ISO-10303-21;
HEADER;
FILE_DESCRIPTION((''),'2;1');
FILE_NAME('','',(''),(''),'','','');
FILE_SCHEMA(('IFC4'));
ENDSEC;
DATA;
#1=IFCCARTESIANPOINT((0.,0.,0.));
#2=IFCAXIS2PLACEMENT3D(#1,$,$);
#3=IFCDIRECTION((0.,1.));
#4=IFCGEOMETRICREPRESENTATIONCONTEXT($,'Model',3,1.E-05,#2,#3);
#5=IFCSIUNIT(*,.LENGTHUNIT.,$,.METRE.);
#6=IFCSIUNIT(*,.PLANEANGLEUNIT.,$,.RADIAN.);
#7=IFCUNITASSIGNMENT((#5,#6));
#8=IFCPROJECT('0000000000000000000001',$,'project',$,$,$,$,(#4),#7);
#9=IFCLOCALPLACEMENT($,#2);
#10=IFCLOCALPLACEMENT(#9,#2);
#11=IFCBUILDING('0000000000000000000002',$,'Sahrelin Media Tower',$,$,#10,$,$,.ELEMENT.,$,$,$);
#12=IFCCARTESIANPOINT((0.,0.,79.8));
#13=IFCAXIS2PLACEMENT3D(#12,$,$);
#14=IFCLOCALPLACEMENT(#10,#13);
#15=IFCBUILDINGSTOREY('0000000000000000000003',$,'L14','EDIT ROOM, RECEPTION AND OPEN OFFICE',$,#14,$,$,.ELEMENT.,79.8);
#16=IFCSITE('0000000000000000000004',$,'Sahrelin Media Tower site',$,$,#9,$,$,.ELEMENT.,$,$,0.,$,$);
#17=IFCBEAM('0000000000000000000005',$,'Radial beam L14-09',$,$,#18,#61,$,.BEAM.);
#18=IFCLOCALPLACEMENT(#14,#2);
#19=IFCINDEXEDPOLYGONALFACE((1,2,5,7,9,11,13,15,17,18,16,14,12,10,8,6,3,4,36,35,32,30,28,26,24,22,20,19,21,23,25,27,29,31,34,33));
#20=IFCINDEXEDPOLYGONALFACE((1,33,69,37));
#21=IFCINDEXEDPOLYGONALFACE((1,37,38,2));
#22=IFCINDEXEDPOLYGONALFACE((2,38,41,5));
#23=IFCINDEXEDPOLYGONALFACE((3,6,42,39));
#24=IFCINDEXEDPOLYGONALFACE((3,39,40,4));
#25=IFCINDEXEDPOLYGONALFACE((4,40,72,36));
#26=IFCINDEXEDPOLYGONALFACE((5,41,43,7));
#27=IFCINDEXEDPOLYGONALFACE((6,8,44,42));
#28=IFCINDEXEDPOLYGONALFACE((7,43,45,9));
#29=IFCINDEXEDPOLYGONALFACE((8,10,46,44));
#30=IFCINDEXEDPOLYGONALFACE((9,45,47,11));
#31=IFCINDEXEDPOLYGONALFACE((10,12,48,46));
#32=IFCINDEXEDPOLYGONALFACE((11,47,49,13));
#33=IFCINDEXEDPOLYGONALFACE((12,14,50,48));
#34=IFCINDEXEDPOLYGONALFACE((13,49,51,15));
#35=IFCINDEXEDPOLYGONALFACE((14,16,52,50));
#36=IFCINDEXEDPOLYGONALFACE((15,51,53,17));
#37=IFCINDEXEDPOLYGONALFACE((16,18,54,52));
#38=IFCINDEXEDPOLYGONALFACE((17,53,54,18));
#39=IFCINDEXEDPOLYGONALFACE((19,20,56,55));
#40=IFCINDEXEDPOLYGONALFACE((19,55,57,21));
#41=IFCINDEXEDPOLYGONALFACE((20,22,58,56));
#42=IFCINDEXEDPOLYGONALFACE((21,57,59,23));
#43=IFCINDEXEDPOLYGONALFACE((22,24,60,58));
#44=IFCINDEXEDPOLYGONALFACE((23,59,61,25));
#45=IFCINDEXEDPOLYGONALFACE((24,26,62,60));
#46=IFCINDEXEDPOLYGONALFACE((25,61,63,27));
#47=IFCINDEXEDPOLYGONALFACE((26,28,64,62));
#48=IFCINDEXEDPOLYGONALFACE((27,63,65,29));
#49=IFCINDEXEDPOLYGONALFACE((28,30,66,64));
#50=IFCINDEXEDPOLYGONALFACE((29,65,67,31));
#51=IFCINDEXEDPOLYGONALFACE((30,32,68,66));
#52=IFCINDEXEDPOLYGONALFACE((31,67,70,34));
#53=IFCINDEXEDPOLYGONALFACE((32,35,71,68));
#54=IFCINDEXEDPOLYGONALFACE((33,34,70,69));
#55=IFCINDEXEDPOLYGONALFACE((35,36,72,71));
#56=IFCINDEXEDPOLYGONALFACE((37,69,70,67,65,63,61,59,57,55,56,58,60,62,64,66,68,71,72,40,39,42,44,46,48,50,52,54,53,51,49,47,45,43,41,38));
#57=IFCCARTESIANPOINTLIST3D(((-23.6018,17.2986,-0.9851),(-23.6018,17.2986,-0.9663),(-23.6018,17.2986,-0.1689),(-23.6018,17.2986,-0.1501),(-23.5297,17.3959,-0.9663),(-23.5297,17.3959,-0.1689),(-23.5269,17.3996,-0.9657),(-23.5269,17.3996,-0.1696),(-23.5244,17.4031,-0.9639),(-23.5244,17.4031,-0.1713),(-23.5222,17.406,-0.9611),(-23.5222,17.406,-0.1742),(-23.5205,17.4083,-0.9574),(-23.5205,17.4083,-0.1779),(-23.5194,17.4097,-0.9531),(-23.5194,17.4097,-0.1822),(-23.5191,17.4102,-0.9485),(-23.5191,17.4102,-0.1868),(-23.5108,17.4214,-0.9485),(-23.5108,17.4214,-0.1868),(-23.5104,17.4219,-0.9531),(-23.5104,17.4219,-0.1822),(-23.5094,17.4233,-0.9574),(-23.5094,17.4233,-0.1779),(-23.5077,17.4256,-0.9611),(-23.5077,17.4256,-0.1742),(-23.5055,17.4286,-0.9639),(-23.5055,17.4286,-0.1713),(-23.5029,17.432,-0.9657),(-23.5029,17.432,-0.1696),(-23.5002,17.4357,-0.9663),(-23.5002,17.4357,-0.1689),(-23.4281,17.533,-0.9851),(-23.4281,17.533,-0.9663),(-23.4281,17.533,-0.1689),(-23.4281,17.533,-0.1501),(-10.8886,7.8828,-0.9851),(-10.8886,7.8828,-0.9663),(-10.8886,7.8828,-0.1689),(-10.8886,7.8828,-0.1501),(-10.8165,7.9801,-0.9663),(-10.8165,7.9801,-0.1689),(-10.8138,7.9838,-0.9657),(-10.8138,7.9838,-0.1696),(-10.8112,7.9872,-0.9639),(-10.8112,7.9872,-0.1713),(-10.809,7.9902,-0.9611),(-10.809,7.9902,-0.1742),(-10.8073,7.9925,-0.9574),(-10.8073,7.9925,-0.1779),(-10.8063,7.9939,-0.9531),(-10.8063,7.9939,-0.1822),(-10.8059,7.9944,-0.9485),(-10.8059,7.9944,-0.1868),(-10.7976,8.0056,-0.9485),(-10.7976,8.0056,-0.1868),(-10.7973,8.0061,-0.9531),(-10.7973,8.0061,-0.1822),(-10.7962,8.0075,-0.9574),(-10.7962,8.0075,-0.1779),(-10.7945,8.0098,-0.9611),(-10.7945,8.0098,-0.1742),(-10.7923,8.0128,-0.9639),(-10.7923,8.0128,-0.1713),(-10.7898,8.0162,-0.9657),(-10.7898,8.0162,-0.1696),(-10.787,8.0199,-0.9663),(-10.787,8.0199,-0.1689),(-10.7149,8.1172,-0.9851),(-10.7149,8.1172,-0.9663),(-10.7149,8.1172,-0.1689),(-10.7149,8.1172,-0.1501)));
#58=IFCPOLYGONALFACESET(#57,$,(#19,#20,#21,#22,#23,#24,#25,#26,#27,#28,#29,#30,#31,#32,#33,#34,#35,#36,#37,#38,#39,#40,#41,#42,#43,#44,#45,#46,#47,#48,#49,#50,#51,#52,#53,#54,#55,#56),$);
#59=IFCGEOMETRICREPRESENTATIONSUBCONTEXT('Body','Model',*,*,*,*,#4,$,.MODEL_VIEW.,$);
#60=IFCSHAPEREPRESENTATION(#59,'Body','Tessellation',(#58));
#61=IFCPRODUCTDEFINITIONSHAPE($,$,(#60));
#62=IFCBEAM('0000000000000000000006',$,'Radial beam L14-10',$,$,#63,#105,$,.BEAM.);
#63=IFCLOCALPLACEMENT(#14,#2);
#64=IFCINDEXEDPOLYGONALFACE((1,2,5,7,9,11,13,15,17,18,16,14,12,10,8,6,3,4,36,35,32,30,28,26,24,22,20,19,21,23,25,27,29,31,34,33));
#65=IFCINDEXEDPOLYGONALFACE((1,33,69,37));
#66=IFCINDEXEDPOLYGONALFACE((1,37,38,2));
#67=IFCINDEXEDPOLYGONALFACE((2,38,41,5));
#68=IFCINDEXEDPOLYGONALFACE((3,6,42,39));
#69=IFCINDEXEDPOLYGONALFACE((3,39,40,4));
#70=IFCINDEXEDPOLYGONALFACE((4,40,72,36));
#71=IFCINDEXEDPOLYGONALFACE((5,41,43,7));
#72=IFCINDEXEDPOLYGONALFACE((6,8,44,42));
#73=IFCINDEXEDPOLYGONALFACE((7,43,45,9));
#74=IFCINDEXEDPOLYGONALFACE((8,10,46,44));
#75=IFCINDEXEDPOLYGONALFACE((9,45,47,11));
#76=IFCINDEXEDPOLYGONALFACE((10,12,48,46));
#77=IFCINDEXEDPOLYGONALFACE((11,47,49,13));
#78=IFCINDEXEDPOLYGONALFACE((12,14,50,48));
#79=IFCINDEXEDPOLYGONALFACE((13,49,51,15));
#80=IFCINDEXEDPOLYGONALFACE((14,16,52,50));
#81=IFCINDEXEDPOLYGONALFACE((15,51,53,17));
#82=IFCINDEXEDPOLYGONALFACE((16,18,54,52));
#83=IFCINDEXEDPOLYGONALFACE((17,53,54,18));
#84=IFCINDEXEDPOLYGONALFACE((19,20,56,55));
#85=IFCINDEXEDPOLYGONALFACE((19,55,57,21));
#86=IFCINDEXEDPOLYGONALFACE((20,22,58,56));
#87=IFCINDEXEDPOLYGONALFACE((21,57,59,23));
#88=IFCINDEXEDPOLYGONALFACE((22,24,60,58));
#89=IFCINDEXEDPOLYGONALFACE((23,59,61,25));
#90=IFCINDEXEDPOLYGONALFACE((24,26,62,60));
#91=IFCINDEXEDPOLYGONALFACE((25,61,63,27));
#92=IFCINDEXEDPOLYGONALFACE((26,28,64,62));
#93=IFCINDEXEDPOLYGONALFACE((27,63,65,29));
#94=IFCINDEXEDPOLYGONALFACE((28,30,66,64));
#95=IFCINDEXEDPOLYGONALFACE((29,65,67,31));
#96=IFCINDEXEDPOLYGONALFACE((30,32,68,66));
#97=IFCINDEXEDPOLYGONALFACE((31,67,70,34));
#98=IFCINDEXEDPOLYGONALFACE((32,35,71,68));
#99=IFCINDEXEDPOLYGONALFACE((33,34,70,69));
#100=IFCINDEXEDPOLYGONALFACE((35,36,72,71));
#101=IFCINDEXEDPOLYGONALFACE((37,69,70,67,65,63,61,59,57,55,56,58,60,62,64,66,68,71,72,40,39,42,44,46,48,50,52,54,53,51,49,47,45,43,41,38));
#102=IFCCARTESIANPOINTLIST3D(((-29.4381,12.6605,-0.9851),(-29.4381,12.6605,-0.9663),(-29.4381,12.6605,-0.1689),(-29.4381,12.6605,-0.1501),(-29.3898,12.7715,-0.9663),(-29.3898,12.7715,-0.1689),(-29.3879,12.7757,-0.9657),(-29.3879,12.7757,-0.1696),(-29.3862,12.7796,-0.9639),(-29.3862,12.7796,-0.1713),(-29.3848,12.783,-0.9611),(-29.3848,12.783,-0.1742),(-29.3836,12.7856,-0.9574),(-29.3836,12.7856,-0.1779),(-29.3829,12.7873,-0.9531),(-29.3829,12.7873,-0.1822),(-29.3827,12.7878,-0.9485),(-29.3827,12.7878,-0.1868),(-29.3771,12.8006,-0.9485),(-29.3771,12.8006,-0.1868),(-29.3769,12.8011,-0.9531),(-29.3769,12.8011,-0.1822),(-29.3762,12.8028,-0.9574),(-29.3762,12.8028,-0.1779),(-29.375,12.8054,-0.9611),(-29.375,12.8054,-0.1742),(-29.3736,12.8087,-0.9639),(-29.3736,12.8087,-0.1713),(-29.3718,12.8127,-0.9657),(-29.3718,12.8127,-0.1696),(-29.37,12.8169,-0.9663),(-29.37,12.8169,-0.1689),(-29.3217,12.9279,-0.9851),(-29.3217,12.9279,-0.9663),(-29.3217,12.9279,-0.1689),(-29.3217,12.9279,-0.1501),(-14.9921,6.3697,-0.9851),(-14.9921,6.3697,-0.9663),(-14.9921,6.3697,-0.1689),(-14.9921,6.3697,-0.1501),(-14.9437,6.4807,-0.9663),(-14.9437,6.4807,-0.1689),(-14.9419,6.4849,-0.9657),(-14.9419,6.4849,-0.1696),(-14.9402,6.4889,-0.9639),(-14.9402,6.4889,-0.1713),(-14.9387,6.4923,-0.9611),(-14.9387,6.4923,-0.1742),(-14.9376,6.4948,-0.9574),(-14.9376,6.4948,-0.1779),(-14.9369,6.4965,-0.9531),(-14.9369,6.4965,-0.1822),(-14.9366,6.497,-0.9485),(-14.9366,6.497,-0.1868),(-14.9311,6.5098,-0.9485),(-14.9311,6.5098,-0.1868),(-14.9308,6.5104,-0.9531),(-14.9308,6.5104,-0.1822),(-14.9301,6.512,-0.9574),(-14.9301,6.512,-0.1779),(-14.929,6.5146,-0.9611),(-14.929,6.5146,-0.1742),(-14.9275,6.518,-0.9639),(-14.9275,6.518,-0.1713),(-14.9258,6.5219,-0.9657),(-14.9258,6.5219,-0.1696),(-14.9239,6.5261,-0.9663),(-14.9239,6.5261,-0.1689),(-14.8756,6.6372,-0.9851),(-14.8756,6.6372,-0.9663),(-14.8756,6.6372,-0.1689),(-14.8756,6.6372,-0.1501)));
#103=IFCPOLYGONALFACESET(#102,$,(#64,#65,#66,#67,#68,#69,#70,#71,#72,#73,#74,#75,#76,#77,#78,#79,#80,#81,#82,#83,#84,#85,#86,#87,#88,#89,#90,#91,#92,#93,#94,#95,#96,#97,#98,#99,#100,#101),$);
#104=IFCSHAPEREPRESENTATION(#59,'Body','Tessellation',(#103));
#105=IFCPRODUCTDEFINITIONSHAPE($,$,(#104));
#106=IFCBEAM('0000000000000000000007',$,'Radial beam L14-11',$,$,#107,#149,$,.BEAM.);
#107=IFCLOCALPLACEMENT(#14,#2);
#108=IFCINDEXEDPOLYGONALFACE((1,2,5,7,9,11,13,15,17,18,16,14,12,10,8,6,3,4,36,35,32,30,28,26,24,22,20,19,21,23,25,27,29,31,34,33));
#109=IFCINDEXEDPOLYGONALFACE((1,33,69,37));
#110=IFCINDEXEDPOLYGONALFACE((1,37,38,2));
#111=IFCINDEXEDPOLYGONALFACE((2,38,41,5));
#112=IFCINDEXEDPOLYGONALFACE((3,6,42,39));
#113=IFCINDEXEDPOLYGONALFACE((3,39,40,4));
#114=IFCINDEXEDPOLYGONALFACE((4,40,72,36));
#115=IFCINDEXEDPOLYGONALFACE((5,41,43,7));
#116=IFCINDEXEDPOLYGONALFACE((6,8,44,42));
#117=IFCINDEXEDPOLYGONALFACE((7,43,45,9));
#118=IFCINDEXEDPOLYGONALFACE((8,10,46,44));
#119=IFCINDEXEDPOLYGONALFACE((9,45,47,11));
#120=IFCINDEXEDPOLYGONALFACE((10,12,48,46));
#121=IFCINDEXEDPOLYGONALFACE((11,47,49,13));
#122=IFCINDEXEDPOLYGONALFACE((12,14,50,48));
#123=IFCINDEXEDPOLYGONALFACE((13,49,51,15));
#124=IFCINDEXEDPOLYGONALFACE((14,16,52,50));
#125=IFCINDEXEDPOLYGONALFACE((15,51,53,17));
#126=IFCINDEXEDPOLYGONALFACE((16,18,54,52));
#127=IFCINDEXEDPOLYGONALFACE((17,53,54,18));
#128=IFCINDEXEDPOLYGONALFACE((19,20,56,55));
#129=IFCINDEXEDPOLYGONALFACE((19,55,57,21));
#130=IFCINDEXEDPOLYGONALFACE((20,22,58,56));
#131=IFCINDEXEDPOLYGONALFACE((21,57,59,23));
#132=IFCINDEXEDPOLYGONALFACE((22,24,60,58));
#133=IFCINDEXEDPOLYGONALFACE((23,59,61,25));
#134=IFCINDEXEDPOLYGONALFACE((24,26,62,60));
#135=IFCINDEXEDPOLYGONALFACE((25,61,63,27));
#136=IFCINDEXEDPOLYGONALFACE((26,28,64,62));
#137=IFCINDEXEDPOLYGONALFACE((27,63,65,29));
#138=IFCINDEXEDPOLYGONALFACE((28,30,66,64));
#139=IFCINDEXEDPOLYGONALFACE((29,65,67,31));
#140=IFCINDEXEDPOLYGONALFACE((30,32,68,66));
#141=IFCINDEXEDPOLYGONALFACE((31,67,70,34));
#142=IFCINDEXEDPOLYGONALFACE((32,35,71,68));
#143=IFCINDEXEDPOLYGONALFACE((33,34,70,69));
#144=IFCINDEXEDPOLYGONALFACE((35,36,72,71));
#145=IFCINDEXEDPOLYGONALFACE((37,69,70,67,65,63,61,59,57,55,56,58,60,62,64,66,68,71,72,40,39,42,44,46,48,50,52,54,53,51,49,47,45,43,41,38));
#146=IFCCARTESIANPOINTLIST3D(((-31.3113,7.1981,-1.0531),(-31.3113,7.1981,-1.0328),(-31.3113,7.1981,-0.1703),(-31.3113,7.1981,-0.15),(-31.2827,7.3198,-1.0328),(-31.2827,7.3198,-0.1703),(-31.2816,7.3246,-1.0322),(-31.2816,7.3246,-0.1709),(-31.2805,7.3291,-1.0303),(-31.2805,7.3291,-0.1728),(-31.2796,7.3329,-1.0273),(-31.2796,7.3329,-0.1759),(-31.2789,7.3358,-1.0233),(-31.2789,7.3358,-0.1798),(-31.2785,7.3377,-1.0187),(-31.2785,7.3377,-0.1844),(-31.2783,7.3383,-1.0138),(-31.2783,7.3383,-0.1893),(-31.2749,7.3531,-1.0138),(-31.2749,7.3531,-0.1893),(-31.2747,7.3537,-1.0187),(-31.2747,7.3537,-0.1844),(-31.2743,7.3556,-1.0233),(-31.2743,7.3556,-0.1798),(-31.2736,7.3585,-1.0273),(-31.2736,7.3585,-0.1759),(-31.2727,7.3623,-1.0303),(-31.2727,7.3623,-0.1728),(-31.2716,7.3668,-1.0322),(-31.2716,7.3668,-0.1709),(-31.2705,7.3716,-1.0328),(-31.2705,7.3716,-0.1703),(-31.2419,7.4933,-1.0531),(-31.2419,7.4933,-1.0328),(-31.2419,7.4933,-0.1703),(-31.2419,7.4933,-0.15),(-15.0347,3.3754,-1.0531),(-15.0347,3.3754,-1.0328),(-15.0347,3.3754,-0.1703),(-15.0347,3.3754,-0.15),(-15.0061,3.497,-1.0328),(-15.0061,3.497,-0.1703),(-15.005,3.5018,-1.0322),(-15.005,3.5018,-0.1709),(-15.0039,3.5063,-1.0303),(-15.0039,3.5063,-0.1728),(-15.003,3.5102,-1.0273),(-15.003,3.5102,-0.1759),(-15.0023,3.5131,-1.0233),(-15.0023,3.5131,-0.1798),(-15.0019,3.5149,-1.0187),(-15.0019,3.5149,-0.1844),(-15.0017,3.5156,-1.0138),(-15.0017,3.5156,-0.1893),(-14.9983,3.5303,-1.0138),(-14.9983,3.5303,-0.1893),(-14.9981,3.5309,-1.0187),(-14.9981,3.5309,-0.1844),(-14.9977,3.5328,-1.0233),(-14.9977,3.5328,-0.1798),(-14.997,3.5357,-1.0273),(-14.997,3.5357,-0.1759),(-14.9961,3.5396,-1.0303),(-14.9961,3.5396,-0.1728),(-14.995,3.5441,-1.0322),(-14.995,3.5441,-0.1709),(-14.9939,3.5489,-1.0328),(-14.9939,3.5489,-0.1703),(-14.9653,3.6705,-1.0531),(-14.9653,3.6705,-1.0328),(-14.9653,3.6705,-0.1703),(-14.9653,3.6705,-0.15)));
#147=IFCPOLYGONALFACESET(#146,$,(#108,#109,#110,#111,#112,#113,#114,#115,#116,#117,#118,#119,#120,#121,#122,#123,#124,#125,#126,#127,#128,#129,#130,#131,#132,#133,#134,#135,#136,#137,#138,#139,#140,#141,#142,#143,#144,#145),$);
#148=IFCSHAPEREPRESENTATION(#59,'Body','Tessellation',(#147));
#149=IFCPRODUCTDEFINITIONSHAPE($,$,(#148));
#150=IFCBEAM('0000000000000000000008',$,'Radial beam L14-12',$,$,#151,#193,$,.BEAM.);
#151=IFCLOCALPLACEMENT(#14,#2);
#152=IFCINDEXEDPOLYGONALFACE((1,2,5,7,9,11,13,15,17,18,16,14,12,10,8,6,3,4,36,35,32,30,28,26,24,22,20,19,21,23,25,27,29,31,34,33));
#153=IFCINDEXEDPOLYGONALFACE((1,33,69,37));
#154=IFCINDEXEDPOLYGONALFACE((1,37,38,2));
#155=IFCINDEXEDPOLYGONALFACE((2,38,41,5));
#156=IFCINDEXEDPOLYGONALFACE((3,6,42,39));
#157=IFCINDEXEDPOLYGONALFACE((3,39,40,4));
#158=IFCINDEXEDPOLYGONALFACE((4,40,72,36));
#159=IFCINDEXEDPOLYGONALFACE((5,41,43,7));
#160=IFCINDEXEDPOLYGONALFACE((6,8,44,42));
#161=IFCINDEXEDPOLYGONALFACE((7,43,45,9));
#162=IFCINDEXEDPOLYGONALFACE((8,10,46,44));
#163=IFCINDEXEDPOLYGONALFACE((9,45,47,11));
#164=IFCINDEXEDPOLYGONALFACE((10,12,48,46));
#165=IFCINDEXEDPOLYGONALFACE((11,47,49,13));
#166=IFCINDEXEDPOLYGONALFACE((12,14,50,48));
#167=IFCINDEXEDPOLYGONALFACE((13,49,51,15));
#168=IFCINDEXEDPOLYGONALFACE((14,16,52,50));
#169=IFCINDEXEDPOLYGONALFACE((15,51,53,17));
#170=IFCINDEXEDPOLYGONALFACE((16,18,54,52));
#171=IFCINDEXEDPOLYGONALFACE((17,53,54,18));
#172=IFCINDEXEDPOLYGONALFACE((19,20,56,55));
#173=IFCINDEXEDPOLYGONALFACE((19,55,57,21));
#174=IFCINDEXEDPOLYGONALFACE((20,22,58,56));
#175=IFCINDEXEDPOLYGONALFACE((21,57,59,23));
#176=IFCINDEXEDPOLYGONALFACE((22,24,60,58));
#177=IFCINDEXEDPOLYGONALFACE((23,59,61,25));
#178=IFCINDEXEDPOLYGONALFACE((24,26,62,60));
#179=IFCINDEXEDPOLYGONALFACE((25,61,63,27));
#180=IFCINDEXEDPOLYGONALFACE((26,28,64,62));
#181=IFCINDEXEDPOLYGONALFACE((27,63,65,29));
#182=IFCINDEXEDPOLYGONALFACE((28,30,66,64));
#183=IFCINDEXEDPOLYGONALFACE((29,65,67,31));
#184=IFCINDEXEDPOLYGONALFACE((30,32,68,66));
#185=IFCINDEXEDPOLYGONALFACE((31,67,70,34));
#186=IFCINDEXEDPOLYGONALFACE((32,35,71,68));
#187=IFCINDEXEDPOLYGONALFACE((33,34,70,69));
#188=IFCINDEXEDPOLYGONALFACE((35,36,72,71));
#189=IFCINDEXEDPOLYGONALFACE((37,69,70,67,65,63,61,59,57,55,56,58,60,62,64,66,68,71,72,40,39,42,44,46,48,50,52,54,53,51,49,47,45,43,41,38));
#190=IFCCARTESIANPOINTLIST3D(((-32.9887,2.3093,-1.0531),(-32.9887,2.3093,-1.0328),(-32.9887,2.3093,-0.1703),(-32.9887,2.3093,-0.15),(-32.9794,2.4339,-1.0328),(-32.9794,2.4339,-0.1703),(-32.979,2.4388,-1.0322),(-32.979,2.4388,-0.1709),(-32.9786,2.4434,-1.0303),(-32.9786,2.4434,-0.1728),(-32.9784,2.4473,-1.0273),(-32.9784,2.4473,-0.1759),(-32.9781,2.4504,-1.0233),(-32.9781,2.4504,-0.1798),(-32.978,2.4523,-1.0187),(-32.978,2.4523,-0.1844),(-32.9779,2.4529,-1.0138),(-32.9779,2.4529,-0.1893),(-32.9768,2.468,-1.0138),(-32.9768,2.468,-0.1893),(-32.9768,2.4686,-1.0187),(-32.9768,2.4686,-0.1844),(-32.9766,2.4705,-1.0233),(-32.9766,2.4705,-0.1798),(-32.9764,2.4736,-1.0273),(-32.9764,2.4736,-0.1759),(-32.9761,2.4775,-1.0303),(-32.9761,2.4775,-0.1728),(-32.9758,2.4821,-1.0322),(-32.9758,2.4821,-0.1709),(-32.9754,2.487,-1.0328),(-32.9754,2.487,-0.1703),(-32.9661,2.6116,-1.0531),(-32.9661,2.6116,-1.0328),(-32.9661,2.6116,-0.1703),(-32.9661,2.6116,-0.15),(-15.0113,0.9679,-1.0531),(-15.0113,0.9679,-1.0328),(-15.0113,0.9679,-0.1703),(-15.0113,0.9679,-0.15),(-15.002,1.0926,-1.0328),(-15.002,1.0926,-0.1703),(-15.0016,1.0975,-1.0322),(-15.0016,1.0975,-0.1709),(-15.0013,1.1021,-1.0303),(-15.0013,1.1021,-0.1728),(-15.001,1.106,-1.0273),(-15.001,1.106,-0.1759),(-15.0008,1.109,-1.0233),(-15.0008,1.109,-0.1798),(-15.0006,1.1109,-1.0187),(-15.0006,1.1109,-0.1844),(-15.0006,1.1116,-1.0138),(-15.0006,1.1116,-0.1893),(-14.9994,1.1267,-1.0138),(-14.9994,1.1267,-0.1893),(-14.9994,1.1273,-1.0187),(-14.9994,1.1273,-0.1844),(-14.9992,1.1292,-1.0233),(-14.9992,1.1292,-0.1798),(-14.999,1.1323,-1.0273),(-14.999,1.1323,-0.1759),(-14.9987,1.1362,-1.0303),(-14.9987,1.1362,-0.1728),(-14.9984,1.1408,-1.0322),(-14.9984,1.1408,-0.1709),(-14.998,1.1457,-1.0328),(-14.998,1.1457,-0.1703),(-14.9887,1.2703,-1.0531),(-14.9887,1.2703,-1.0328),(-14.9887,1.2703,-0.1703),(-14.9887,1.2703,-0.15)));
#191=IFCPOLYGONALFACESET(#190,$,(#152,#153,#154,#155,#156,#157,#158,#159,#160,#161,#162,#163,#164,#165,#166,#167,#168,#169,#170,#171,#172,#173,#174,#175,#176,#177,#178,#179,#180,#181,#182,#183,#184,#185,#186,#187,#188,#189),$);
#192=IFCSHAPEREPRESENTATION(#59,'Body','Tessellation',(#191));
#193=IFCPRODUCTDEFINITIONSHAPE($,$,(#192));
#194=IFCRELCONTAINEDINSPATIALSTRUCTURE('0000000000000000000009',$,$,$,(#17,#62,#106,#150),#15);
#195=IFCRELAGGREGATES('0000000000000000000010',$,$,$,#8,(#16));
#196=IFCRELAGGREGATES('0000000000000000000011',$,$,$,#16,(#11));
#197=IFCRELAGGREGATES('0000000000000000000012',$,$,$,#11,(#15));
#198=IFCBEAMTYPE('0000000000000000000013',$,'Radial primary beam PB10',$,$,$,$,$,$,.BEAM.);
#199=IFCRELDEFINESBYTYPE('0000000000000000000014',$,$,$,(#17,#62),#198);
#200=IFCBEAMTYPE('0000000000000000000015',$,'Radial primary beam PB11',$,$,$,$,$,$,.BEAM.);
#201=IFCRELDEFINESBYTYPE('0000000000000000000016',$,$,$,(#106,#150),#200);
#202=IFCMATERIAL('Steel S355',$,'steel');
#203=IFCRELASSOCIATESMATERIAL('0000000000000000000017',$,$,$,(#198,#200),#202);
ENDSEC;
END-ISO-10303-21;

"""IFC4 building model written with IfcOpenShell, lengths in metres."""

from ifc_helpers import new_model, si_unit, direction, frame, origin, origin_2d, place, context, subcontext, project, spatial, i_section, extrude, material, material_profile, profile_set, type_object, element, save


model = new_model("IFC4")

# Units and contexts
model_context = context("Model", 3, precision=1e-05, world=origin(), true_north=direction((0.0, 1.0)))
body_context = subcontext(model_context, "Body", "Model", "MODEL_VIEW")
ifc_project = project(units=[si_unit("LENGTHUNIT", "METRE"), si_unit("PLANEANGLEUNIT", "RADIAN")], contexts=[model_context])

# Site, building, storey
site_placement = place(None, origin())
site = spatial("IfcSite", under=ifc_project, at=site_placement, Name="Sahrelin Media Tower site", CompositionType="ELEMENT", RefElevation=0.0)
building_placement = place(site_placement, origin())
building = spatial("IfcBuilding", under=site, at=building_placement, Name="Sahrelin Media Tower", CompositionType="ELEMENT")
storey_placement = place(building_placement, frame((0.0, 0.0, 79.8)))
storey = spatial("IfcBuildingStorey", under=building, at=storey_placement, Name="L14", Description="EDIT ROOM, RECEPTION AND OPEN OFFICE", CompositionType="ELEMENT", Elevation=79.8)

# Beams
ifc_material_1 = material(Name="Steel S355", Category="steel")
ifc_material_profile_1 = material_profile(ifc_material_1, i_section(OverallWidth=0.2917, OverallDepth=0.835, WebThickness=0.0139, FlangeThickness=0.0188, FilletRadius=0.0178, at=origin_2d()), Name="UB 838x292x176")
ifc_profile_set_1 = profile_set([ifc_material_profile_1], Name="Steel S355")
beam_type_1 = type_object("IfcBeamType", Name="Radial primary beam PB10", PredefinedType="BEAM", material=ifc_profile_set_1)
beam_1_placement = place(storey_placement, frame((-10.8018, 8.0, -0.5676), z_axis=(-0.803598, 0.595172, 0.0), x_axis=(-0.595172, -0.803598, 0.0)))
element("IfcBeam", 1, at=beam_1_placement, inside=storey, type_object=beam_type_1, Name="Radial beam L14-09", PredefinedType="BEAM", context=body_context, shape_type="SweptSolid", body=[
    extrude(i_section(OverallWidth=0.2917, OverallDepth=0.835, WebThickness=0.0139, FlangeThickness=0.0188, FilletRadius=0.0178, at=origin_2d()), origin(), (0.0, 0.0, 1.0), 15.8203),
])
beam_2_placement = place(storey_placement, frame((-14.9338, 6.5034, -0.5676), z_axis=(-0.916841, 0.399254, 0.0), x_axis=(-0.399254, -0.916841, 0.0)))
element("IfcBeam", 2, at=beam_2_placement, inside=storey, type_object=beam_type_1, Name="Radial beam L14-10", PredefinedType="BEAM", context=body_context, shape_type="SweptSolid", body=[
    extrude(i_section(OverallWidth=0.2917, OverallDepth=0.835, WebThickness=0.0139, FlangeThickness=0.0188, FilletRadius=0.0178, at=origin_2d()), origin(), (0.0, 0.0, 1.0), 15.7563),
])
ifc_material_profile_2 = material_profile(ifc_material_1, i_section(OverallWidth=0.3032, OverallDepth=0.9031, WebThickness=0.0151, FlangeThickness=0.0203, FilletRadius=0.019, at=origin_2d()), Name="UB 914x305x201")
ifc_profile_set_2 = profile_set([ifc_material_profile_2], Name="Steel S355")
beam_type_2 = type_object("IfcBeamType", Name="Radial primary beam PB11", PredefinedType="BEAM", material=ifc_profile_set_2)
beam_3_placement = place(storey_placement, frame((-15.0, 3.5229, -0.6016), z_axis=(-0.973511, 0.228641, 0.0), x_axis=(-0.228641, -0.973511, 0.0)))
element("IfcBeam", 3, at=beam_3_placement, inside=storey, type_object=beam_type_2, Name="Radial beam L14-11", PredefinedType="BEAM", context=body_context, shape_type="SweptSolid", body=[
    extrude(i_section(OverallWidth=0.3032, OverallDepth=0.9031, WebThickness=0.0151, FlangeThickness=0.0203, FilletRadius=0.019, at=origin_2d()), origin(), (0.0, 0.0, 1.0), 16.7195),
])
beam_4_placement = place(storey_placement, frame((-15.0, 1.1191, -0.6016), z_axis=(-0.997228, 0.074404, 0.0), x_axis=(-0.074404, -0.997228, 0.0)))
element("IfcBeam", 4, at=beam_4_placement, inside=storey, type_object=beam_type_2, Name="Radial beam L14-12", PredefinedType="BEAM", context=body_context, shape_type="SweptSolid", body=[
    extrude(i_section(OverallWidth=0.3032, OverallDepth=0.9031, WebThickness=0.0151, FlangeThickness=0.0203, FilletRadius=0.019, at=origin_2d()), origin(), (0.0, 0.0, 1.0), 18.0273),
])

save(model, "model.ifc")
